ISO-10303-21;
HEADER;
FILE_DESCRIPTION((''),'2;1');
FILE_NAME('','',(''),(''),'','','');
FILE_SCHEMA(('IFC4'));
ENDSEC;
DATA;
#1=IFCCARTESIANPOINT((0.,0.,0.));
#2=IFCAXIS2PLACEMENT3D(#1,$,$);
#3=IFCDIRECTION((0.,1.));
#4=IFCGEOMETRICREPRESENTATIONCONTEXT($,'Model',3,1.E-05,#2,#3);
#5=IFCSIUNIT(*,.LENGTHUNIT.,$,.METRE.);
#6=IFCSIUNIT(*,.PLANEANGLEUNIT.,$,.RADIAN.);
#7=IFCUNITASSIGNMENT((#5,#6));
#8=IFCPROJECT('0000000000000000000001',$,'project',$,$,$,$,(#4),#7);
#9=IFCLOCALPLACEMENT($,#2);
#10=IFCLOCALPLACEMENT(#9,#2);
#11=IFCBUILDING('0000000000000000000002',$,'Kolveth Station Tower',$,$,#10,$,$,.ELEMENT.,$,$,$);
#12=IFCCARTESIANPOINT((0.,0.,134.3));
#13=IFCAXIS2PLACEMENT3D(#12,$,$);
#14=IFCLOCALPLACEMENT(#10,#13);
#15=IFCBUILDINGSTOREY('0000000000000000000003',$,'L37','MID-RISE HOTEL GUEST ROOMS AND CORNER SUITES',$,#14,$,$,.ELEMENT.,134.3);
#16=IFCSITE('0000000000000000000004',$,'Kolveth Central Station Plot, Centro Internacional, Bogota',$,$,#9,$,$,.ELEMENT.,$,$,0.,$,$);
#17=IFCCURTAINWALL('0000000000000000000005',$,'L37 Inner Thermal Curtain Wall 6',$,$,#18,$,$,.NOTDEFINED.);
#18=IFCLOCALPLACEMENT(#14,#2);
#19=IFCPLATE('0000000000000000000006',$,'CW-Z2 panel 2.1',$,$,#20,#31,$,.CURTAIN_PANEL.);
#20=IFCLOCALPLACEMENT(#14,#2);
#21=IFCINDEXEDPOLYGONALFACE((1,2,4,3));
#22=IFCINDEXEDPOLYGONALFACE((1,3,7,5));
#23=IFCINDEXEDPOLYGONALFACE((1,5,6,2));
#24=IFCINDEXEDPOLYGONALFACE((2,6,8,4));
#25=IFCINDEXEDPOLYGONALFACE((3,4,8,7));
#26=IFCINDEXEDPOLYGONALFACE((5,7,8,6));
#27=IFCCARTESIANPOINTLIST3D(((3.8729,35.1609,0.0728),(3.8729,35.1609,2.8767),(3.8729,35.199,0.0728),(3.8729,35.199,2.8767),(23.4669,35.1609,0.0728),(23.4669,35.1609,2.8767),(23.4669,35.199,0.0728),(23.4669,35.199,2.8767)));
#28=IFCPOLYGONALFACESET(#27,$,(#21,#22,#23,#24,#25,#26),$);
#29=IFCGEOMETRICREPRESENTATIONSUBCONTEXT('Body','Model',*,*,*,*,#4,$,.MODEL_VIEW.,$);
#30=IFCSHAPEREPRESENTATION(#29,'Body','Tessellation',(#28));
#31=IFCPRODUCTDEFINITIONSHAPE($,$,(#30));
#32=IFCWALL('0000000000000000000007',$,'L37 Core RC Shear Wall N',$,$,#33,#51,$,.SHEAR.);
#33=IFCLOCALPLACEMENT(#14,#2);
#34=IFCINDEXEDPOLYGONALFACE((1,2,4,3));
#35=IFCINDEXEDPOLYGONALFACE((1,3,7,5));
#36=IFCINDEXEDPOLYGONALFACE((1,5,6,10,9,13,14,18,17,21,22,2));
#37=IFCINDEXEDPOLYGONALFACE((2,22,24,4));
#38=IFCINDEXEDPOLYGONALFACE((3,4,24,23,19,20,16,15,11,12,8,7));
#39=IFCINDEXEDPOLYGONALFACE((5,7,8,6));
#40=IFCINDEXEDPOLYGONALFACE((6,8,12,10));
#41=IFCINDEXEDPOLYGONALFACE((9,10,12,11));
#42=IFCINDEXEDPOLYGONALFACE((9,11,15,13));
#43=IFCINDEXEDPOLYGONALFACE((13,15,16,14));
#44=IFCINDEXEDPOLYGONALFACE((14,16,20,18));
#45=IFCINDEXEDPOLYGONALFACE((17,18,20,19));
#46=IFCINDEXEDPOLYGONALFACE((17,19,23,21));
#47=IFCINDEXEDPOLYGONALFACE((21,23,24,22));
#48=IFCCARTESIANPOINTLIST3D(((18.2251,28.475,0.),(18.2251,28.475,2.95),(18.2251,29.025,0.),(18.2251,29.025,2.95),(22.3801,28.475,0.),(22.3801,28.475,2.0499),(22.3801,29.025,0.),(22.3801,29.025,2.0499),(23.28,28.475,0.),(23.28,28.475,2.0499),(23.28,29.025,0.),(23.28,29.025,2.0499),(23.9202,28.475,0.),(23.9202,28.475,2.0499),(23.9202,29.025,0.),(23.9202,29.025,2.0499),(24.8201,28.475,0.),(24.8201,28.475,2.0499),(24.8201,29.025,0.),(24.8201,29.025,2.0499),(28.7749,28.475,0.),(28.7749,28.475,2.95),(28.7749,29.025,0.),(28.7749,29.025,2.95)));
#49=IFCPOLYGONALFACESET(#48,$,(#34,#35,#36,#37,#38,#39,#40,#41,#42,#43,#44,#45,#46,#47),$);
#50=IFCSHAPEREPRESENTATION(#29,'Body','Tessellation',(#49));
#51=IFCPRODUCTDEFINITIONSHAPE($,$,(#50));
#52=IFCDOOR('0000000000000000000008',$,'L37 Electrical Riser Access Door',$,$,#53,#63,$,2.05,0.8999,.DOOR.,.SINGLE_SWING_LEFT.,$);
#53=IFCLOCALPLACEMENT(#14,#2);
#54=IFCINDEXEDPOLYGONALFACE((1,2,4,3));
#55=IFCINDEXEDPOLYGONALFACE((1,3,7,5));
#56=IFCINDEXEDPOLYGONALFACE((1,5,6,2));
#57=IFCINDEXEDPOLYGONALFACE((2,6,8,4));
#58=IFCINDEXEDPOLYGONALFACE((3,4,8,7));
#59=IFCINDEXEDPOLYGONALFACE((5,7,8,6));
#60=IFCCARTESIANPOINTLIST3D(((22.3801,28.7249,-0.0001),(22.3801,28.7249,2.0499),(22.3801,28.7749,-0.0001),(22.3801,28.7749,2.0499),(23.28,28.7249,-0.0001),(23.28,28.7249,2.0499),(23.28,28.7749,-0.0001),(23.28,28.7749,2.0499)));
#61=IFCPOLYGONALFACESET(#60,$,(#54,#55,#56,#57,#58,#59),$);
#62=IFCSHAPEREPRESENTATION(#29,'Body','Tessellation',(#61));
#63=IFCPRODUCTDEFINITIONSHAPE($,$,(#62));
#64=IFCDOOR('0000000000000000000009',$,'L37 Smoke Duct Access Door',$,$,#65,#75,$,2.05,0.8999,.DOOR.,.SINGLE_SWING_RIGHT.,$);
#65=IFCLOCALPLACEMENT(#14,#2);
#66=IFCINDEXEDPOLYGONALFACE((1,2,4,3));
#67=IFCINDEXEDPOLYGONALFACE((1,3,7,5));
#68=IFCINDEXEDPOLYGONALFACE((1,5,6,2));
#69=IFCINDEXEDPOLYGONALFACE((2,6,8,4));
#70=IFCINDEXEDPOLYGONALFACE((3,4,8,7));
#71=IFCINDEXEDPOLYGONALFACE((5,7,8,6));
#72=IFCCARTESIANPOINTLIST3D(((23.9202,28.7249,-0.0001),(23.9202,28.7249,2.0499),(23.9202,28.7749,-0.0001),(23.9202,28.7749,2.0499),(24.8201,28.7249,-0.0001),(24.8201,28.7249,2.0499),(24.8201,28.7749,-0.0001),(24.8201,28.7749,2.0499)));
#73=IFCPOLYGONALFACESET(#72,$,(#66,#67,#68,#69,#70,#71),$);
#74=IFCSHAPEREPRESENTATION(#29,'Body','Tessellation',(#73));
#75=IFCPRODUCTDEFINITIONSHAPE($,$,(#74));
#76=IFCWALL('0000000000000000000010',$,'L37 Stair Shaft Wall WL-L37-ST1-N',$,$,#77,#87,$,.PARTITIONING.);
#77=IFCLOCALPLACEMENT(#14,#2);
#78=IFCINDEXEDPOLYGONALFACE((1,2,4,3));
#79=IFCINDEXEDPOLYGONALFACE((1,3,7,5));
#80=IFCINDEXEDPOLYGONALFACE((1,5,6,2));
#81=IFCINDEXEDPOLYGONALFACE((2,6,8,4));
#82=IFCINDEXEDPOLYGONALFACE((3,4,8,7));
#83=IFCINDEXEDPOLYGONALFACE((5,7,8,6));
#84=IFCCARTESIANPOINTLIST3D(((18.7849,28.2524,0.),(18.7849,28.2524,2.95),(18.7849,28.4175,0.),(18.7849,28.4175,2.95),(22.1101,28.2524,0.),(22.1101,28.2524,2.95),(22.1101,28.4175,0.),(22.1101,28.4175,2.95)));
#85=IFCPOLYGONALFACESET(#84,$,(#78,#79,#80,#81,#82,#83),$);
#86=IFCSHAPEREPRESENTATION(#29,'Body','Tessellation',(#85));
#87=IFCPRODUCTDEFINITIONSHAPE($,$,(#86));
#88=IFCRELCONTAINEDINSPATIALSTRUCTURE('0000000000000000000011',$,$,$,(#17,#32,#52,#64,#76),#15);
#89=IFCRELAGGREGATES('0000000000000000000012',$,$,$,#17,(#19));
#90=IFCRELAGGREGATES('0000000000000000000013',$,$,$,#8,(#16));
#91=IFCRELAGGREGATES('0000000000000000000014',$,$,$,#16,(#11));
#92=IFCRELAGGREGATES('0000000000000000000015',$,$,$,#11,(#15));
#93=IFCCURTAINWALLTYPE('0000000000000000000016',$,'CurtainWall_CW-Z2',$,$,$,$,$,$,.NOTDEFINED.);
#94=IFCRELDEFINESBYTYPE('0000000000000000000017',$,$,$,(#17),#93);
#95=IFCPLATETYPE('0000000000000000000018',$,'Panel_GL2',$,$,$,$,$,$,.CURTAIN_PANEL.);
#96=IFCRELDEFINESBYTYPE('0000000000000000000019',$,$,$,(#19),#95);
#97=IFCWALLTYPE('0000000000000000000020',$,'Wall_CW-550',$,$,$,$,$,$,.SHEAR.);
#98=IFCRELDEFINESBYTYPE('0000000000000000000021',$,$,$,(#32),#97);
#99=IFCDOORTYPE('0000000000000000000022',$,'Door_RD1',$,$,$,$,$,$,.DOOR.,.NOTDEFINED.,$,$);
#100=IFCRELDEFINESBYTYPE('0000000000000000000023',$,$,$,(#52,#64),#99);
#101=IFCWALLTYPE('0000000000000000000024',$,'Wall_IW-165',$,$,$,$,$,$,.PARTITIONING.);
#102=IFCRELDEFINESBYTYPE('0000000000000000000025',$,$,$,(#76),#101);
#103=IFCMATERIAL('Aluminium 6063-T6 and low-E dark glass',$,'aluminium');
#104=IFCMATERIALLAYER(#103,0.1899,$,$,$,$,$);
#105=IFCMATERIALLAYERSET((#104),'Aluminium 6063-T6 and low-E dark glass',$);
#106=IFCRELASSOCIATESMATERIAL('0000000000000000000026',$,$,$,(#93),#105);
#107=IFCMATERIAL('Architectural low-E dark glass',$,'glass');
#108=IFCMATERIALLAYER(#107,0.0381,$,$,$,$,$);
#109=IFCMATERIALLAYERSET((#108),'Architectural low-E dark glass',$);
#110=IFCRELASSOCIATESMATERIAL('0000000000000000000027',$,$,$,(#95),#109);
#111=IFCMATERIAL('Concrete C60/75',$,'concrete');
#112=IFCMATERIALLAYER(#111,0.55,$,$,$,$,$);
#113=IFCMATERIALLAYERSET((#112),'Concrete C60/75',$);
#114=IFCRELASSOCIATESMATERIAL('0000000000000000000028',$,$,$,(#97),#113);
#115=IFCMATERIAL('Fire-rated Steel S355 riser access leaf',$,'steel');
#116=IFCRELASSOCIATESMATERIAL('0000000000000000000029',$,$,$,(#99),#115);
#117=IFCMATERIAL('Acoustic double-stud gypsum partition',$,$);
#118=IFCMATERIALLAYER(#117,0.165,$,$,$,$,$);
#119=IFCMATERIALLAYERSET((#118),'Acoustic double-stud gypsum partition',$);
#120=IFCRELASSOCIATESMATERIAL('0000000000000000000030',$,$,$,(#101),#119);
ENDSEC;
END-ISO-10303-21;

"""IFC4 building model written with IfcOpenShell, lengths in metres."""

from ifc_helpers import new_model, si_unit, direction, frame, frame_2d, origin, origin_2d, place, context, subcontext, project, spatial, rectangle, extrude, source, transform, mapped, material, layer, layer_set, type_object, element, fill, aggregate, save


model = new_model("IFC4")

# Units and contexts
model_context = context("Model", 3, precision=1e-05, world=origin(), true_north=direction((0.0, 1.0)))
body_context = subcontext(model_context, "Body", "Model", "MODEL_VIEW")
ifc_project = project(units=[si_unit("LENGTHUNIT", "METRE"), si_unit("PLANEANGLEUNIT", "RADIAN")], contexts=[model_context])

# Site, building, storey
site_placement = place(None, origin())
site = spatial("IfcSite", under=ifc_project, at=site_placement, Name="Kolveth Central Station Plot, Centro Internacional, Bogota", CompositionType="ELEMENT", RefElevation=0.0)
building_placement = place(site_placement, origin())
building = spatial("IfcBuilding", under=site, at=building_placement, Name="Kolveth Station Tower", CompositionType="ELEMENT")
storey_placement = place(building_placement, frame((0.0, 0.0, 134.3)))
storey = spatial("IfcBuildingStorey", under=building, at=storey_placement, Name="L37", Description="MID-RISE HOTEL GUEST ROOMS AND CORNER SUITES", CompositionType="ELEMENT", Elevation=134.3)

# Curtain wall, plate
ifc_material_1 = material(Name="Aluminium 6063-T6 and low-E dark glass", Category="aluminium")
ifc_layer_1 = layer(ifc_material_1, 0.1899)
ifc_layer_set_1 = layer_set([ifc_layer_1], Name="Aluminium 6063-T6 and low-E dark glass")
curtain_wall_type = type_object("IfcCurtainWallType", Name="CurtainWall_CW-Z2", PredefinedType="NOTDEFINED", material=ifc_layer_set_1)
curtain_wall_placement = place(storey_placement, origin())
curtain_wall = element("IfcCurtainWall", 1, at=curtain_wall_placement, inside=storey, type_object=curtain_wall_type, Name="L37 Inner Thermal Curtain Wall 6", PredefinedType="NOTDEFINED")
ifc_material_2 = material(Name="Architectural low-E dark glass", Category="glass")
ifc_layer_2 = layer(ifc_material_2, 0.0381)
ifc_layer_set_2 = layer_set([ifc_layer_2], Name="Architectural low-E dark glass")
plate_type = type_object("IfcPlateType", Name="Panel_GL2", PredefinedType="CURTAIN_PANEL", material=ifc_layer_set_2)
shared_shape_1 = source(origin(), body_context, "Body", "SweptSolid", [
    extrude(rectangle(XDim=19.594, YDim=0.0381, at=origin_2d()), origin(), (0.0, 0.0, 1.0), 2.804),
])
plate_placement = place(storey_placement, frame((13.6699, 35.1799, 0.0728), z_axis=(0.0, 0.0, 1.0), x_axis=(-1.0, 0.0, 0.0)))
plate = element("IfcPlate", 2, at=plate_placement, type_object=plate_type, Name="CW-Z2 panel 2.1", PredefinedType="CURTAIN_PANEL", context=body_context, shape_type="MappedRepresentation", body=[
    mapped(shared_shape_1, transform((0.0, 0.0, 0.0), x_axis=(1.0, 0.0, 0.0), y_axis=(0.0, 1.0, 0.0), z_axis=(0.0, 0.0, 1.0), scale=1.0)),
])
aggregate(curtain_wall, [plate])

# Wall, openings, doors
ifc_material_3 = material(Name="Concrete C60/75", Category="concrete")
ifc_layer_3 = layer(ifc_material_3, 0.55)
ifc_layer_set_3 = layer_set([ifc_layer_3], Name="Concrete C60/75")
wall_type_1 = type_object("IfcWallType", Name="Wall_CW-550", PredefinedType="SHEAR", material=ifc_layer_set_3)
wall_1_placement = place(storey_placement, frame((18.2251, 28.75, 0.0), z_axis=(0.0, 0.0, 1.0), x_axis=(1.0, 0.0, 0.0)))
wall_1 = element("IfcWall", 3, at=wall_1_placement, inside=storey, type_object=wall_type_1, Name="L37 Core RC Shear Wall N", PredefinedType="SHEAR", context=body_context, shape_type="SweptSolid", body=[
    extrude(rectangle(XDim=10.5498, YDim=0.55, at=frame_2d((5.2749, 0.0))), origin(), (0.0, 0.0, 1.0), 2.95),
])
opening_1_placement = place(wall_1_placement, frame((4.155, 0.0, 0.0)))
opening_1 = element("IfcOpeningElement", 4, at=opening_1_placement, cuts=wall_1, PredefinedType="OPENING", context=body_context, shape_type="SweptSolid", body=[
    extrude(rectangle(XDim=0.8999, YDim=2.05, at=frame_2d((0.45, 1.0249))), frame((0.0, 0.2849, 0.0), z_axis=(0.0, -1.0, 0.0), x_axis=(1.0, 0.0, 0.0)), (0.0, 0.0, 1.0), 0.5701),
])
opening_2_placement = place(wall_1_placement, frame((5.6951, 0.0, 0.0)))
opening_2 = element("IfcOpeningElement", 5, at=opening_2_placement, cuts=wall_1, PredefinedType="OPENING", context=body_context, shape_type="SweptSolid", body=[
    extrude(rectangle(XDim=0.8999, YDim=2.05, at=frame_2d((0.45, 1.0249))), frame((0.0, 0.2849, 0.0), z_axis=(0.0, -1.0, 0.0), x_axis=(1.0, 0.0, 0.0)), (0.0, 0.0, 1.0), 0.5701),
])
ifc_material_4 = material(Name="Fire-rated Steel S355 riser access leaf", Category="steel")
door_type_1 = type_object("IfcDoorType", Name="Door_RD1", OperationType="NOTDEFINED", PredefinedType="DOOR", material=ifc_material_4)
door_1_placement = place(opening_1_placement, origin())
door_1 = element("IfcDoor", 6, at=door_1_placement, inside=storey, type_object=door_type_1, Name="L37 Electrical Riser Access Door", OperationType="SINGLE_SWING_LEFT", OverallHeight=2.05, OverallWidth=0.8999, PredefinedType="DOOR", context=body_context, shape_type="SweptSolid", body=[
    extrude(rectangle(XDim=0.8999, YDim=2.05, at=frame_2d((0.45, 1.0249))), frame((0.0, 0.0249, 0.0), z_axis=(0.0, -1.0, 0.0), x_axis=(1.0, 0.0, 0.0)), (0.0, 0.0, 1.0), 0.05),
])
fill(opening_1, door_1)
door_2_placement = place(opening_2_placement, origin())
door_2 = element("IfcDoor", 7, at=door_2_placement, inside=storey, type_object=door_type_1, Name="L37 Smoke Duct Access Door", OperationType="SINGLE_SWING_RIGHT", OverallHeight=2.05, OverallWidth=0.8999, PredefinedType="DOOR", context=body_context, shape_type="SweptSolid", body=[
    extrude(rectangle(XDim=0.8999, YDim=2.05, at=frame_2d((0.45, 1.0249))), frame((0.0, 0.0249, 0.0), z_axis=(0.0, -1.0, 0.0), x_axis=(1.0, 0.0, 0.0)), (0.0, 0.0, 1.0), 0.05),
])
fill(opening_2, door_2)

# Wall
ifc_material_5 = material(Name="Acoustic double-stud gypsum partition")
ifc_layer_4 = layer(ifc_material_5, 0.165)
ifc_layer_set_4 = layer_set([ifc_layer_4], Name="Acoustic double-stud gypsum partition")
wall_type_2 = type_object("IfcWallType", Name="Wall_IW-165", PredefinedType="PARTITIONING", material=ifc_layer_set_4)
wall_2_placement = place(storey_placement, frame((18.7849, 28.335, 0.0), z_axis=(0.0, 0.0, 1.0), x_axis=(1.0, 0.0, 0.0)))
element("IfcWall", 8, at=wall_2_placement, inside=storey, type_object=wall_type_2, Name="L37 Stair Shaft Wall WL-L37-ST1-N", PredefinedType="PARTITIONING", context=body_context, shape_type="SweptSolid", body=[
    extrude(rectangle(XDim=3.3252, YDim=0.165, at=frame_2d((1.6626, 0.0))), origin(), (0.0, 0.0, 1.0), 2.95),
])

save(model, "model.ifc")
